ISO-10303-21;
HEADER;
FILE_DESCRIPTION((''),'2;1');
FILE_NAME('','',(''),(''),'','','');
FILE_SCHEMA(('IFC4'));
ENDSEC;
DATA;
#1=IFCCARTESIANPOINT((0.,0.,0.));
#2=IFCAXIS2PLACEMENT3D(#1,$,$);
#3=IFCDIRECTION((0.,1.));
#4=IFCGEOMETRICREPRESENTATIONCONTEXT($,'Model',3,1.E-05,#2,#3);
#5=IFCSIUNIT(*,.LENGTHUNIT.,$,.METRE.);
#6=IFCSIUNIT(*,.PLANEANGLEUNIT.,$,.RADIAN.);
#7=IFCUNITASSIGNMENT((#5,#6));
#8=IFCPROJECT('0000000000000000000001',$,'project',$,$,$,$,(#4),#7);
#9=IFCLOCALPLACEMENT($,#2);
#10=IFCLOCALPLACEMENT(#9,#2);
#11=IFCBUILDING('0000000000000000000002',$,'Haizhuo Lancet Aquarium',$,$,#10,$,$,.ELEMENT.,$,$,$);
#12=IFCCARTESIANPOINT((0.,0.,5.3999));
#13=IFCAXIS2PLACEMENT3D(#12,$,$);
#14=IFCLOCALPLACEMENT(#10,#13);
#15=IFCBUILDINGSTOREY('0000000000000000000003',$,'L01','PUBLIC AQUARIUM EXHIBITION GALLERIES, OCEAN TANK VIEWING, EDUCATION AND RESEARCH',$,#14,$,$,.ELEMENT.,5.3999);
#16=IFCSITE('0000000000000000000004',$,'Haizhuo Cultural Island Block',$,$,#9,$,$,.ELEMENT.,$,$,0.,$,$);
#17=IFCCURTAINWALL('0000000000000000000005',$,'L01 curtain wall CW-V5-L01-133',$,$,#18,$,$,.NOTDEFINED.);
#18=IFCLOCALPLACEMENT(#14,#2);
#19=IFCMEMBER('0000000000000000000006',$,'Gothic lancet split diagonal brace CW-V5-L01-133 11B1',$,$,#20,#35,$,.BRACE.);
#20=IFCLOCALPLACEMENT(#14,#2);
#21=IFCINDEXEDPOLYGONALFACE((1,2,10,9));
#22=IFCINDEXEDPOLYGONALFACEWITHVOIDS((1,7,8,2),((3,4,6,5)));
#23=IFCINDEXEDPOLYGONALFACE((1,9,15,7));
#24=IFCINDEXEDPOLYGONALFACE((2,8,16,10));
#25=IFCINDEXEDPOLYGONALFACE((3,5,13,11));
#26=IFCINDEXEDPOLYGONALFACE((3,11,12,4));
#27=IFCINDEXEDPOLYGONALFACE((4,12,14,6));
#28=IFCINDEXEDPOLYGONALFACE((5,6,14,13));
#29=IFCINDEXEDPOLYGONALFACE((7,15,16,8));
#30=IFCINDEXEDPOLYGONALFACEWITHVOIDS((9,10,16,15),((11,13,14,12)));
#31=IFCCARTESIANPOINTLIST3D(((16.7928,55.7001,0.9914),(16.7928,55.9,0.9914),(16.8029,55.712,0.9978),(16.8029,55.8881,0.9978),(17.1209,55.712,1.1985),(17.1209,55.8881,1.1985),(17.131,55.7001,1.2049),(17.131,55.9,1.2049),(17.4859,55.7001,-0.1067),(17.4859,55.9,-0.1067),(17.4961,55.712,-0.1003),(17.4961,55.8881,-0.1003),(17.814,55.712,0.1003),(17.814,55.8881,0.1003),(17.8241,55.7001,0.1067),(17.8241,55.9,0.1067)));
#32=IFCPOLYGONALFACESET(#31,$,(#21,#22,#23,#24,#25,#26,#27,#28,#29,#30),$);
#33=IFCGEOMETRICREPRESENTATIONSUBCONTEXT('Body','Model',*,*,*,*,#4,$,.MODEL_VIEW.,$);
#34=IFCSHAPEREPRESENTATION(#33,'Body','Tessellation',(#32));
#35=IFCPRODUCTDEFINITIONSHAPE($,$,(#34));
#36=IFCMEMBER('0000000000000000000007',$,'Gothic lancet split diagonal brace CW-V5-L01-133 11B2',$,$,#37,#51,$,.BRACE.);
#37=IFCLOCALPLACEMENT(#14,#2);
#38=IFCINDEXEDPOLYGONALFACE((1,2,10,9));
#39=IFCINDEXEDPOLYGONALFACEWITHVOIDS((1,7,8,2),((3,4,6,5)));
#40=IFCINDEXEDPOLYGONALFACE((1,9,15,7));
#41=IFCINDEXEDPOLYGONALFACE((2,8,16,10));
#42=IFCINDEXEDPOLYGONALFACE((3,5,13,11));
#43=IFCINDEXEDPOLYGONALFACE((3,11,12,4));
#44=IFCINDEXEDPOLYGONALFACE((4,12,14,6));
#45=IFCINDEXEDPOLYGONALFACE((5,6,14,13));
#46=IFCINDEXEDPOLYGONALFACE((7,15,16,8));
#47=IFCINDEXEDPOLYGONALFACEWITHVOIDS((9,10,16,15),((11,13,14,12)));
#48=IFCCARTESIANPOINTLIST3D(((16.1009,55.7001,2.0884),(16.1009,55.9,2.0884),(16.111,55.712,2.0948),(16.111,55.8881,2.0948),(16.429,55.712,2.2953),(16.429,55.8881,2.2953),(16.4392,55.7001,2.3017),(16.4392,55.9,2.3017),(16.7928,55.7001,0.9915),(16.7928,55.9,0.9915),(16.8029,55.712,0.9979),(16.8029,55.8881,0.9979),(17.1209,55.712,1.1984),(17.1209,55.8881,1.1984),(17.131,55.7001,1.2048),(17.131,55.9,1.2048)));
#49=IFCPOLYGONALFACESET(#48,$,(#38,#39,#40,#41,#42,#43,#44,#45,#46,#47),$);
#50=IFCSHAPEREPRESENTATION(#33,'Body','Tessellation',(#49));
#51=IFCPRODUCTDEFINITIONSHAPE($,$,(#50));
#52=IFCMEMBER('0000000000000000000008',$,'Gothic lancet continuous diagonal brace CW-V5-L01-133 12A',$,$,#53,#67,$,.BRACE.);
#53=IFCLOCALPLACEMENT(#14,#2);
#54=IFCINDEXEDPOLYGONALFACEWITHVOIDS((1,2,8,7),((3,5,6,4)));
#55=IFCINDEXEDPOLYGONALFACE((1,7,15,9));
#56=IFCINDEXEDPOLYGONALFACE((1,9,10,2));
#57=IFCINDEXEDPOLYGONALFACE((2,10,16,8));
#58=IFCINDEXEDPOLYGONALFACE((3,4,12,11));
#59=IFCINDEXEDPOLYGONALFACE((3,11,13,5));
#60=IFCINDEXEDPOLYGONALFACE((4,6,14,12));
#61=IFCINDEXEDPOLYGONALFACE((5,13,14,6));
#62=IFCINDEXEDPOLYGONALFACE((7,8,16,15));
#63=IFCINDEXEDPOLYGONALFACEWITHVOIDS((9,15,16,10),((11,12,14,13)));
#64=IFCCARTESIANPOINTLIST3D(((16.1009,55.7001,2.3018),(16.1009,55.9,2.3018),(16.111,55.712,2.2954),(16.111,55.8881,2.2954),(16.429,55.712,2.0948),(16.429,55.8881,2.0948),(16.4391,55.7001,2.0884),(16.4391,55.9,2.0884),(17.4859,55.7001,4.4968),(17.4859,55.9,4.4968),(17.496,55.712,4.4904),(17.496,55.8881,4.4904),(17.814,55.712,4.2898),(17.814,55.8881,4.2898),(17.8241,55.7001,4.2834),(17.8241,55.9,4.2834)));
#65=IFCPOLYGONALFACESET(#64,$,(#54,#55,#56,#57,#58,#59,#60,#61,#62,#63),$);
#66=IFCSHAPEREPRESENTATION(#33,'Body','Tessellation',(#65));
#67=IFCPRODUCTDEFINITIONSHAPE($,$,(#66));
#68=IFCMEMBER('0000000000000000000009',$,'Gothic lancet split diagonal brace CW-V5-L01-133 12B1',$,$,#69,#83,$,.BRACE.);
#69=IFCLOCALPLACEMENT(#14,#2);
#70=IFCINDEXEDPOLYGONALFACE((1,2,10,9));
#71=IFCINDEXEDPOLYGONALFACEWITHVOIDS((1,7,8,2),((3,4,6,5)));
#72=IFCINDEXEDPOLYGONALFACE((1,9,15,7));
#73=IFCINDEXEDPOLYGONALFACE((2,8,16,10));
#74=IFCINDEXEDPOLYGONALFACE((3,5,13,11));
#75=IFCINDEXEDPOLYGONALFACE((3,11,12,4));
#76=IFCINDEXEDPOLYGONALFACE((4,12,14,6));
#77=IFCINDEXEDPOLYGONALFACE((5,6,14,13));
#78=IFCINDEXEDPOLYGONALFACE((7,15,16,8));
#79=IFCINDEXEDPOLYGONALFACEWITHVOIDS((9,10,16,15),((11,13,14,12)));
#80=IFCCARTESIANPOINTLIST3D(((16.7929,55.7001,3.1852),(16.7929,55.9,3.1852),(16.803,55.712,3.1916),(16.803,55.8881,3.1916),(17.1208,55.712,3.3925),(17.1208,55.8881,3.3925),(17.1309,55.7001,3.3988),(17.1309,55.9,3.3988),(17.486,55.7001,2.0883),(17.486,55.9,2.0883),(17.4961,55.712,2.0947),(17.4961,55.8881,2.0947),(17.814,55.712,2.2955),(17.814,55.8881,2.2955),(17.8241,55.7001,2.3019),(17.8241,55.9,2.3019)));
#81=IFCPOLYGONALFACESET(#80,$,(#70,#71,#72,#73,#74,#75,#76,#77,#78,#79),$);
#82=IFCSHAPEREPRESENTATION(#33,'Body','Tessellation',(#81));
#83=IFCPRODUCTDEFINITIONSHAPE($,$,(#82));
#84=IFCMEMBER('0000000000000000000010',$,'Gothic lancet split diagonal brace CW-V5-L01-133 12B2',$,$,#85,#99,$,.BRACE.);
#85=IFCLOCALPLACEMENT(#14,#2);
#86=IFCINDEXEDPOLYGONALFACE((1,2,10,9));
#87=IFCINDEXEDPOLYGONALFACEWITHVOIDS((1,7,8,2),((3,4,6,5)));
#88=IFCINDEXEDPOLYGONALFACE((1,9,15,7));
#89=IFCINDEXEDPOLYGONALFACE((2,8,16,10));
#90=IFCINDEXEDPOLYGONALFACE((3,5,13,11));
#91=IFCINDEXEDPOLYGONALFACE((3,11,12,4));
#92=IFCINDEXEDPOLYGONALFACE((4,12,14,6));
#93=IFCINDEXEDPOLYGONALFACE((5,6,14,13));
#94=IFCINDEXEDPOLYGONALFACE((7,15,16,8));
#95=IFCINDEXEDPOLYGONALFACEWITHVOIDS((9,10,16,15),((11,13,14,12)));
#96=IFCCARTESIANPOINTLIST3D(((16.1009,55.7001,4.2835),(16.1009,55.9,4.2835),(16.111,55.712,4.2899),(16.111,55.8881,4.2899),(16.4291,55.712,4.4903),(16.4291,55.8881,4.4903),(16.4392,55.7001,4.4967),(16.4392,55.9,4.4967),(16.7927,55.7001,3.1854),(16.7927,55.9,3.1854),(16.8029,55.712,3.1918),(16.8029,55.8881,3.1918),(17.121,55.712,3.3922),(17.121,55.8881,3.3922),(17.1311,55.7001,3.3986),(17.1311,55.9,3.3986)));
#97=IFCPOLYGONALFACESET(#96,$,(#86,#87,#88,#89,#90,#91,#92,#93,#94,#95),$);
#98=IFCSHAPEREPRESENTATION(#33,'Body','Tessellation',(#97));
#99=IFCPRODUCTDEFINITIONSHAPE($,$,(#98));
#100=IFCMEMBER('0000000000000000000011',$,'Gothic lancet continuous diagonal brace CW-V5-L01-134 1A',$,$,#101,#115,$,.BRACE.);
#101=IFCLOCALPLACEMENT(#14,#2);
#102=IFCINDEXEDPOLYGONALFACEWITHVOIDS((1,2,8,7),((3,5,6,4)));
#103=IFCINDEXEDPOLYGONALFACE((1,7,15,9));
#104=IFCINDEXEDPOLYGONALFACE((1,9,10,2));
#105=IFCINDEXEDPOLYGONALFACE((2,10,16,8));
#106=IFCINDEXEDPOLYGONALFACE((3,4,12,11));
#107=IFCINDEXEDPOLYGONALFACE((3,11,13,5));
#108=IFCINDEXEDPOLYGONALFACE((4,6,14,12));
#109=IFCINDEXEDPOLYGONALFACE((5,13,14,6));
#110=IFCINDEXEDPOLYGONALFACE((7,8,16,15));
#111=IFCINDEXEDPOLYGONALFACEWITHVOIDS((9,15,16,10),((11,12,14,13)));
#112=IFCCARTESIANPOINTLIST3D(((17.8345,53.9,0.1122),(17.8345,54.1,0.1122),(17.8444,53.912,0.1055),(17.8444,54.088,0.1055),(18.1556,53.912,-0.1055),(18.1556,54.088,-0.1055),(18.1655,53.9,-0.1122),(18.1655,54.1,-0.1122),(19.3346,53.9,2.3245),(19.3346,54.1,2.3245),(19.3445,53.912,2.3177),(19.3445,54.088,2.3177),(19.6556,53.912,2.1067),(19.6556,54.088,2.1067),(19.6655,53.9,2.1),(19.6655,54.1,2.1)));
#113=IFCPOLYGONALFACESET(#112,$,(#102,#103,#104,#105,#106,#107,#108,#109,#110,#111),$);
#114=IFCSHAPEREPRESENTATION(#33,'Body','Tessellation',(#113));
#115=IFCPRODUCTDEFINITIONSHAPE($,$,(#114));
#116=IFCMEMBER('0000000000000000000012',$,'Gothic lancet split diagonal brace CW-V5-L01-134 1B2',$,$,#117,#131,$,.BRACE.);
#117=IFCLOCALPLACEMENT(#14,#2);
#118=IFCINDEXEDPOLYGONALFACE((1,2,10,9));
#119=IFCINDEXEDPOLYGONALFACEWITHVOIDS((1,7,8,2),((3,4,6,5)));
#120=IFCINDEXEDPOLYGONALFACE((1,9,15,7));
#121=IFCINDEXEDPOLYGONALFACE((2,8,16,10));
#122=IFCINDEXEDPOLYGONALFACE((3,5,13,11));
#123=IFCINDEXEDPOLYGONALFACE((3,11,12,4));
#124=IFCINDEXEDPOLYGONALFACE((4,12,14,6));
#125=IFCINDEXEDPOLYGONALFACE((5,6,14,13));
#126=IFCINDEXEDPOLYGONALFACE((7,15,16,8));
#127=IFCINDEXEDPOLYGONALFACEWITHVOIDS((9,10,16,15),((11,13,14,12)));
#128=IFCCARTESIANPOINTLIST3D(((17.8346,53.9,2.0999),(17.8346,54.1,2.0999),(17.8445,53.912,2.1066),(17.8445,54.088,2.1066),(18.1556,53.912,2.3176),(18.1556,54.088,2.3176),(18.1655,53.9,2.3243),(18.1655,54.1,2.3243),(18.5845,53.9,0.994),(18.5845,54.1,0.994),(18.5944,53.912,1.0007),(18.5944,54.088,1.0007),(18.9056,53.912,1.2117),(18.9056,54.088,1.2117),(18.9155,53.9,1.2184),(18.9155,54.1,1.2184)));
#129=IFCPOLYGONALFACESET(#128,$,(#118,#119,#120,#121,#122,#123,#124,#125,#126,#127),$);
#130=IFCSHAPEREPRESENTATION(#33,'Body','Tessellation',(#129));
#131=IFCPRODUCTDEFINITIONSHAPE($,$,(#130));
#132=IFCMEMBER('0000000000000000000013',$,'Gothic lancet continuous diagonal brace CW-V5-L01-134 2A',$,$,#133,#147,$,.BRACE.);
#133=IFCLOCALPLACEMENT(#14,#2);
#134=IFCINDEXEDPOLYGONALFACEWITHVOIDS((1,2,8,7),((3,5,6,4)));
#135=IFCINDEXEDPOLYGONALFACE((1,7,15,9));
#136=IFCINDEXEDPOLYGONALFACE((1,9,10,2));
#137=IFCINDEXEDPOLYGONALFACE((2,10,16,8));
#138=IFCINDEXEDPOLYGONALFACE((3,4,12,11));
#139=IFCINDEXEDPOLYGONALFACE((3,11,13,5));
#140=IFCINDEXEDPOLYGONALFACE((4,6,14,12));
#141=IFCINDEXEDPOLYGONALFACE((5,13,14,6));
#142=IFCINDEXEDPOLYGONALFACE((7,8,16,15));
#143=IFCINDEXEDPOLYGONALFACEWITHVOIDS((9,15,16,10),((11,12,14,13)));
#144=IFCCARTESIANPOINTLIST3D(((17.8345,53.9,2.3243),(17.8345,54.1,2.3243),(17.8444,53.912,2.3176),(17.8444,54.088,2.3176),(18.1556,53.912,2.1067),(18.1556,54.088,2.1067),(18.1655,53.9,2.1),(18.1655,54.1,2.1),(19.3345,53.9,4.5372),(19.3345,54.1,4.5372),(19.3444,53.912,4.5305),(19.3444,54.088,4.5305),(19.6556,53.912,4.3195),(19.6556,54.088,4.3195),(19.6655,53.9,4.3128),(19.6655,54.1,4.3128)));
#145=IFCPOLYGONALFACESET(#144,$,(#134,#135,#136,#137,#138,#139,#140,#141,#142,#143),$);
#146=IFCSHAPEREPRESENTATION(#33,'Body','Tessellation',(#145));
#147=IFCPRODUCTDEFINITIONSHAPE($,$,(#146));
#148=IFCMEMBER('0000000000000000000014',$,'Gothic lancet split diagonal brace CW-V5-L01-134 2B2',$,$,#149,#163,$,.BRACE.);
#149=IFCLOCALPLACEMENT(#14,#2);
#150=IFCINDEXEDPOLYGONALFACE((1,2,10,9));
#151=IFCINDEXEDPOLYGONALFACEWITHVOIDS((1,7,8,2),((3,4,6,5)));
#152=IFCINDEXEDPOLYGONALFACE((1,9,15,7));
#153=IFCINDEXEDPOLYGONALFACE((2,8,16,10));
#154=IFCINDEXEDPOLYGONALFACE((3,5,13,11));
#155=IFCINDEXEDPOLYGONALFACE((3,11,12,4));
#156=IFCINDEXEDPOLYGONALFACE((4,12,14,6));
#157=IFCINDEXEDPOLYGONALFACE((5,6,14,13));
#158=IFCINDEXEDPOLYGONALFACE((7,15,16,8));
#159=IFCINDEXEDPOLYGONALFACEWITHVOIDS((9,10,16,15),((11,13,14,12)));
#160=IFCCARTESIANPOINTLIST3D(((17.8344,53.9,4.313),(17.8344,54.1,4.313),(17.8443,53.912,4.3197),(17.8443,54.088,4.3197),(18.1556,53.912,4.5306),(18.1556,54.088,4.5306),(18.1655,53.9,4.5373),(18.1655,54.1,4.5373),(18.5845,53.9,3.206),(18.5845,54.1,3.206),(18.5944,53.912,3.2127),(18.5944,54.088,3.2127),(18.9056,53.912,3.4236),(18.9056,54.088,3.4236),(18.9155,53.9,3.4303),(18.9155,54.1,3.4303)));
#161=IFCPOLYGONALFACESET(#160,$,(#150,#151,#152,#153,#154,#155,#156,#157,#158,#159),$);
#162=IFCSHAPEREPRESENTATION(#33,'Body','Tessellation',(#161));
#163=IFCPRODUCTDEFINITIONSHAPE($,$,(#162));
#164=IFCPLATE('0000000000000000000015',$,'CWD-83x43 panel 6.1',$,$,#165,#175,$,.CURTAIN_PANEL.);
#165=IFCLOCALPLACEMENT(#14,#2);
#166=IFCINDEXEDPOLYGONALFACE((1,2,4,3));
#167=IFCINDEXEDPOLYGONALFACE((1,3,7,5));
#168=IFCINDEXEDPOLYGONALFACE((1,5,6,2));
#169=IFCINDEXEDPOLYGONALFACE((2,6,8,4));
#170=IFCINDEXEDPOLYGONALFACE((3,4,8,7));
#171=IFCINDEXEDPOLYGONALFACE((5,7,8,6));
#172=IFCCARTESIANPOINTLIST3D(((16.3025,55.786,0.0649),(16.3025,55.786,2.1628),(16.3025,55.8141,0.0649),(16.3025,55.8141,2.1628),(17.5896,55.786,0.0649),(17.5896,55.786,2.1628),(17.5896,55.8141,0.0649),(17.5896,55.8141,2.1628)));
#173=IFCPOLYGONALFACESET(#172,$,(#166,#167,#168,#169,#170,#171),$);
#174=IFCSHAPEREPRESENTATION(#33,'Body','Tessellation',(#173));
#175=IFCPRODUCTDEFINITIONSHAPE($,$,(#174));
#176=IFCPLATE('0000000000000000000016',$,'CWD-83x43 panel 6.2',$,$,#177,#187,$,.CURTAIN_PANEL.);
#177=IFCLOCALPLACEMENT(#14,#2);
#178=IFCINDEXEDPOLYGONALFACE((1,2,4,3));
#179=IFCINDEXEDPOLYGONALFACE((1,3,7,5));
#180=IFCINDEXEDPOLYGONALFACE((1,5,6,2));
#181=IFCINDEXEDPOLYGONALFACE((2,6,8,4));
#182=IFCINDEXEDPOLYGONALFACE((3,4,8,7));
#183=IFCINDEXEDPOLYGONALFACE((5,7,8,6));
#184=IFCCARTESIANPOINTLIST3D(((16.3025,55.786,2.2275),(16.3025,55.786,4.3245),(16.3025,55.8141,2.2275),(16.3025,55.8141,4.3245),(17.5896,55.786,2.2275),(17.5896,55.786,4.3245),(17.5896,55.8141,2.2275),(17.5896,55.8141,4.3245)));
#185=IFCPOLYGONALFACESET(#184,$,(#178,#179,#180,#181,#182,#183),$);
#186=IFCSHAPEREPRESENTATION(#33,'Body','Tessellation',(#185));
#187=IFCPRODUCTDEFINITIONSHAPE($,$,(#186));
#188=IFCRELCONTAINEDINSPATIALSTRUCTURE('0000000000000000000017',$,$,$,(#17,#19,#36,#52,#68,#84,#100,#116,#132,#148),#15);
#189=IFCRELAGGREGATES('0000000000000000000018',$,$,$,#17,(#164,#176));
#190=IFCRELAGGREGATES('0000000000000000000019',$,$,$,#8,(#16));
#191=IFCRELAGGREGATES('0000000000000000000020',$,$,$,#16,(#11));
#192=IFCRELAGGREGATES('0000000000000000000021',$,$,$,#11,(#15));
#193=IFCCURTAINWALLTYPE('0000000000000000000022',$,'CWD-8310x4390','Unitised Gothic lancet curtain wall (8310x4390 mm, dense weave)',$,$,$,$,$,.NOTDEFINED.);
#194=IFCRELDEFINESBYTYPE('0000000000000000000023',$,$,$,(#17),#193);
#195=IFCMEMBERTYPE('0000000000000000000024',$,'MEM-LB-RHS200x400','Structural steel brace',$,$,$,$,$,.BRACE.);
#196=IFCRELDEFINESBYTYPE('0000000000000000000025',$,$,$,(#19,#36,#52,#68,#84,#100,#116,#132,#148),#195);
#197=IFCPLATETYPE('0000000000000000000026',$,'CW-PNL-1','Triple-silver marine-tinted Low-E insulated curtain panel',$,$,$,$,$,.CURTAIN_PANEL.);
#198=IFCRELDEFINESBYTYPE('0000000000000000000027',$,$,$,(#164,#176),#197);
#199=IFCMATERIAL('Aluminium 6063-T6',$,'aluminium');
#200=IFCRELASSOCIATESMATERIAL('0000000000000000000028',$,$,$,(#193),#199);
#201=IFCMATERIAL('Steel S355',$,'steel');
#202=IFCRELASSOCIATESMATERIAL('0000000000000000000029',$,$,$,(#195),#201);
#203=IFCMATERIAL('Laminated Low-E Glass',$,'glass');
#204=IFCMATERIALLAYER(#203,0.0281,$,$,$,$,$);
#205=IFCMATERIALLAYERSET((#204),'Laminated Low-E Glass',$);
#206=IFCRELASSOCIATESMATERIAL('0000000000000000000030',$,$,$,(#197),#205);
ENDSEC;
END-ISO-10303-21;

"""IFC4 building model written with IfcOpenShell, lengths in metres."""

from ifc_helpers import new_model, si_unit, direction, frame, origin, origin_2d, place, context, subcontext, project, spatial, rectangle, hollow_rectangle, extrude, material, layer, layer_set, material_profile, profile_set, type_object, element, aggregate, save


model = new_model("IFC4")

# Units and contexts
model_context = context("Model", 3, precision=1e-05, world=origin(), true_north=direction((0.0, 1.0)))
body_context = subcontext(model_context, "Body", "Model", "MODEL_VIEW")
ifc_project = project(units=[si_unit("LENGTHUNIT", "METRE"), si_unit("PLANEANGLEUNIT", "RADIAN")], contexts=[model_context])

# Site, building, storey
site_placement = place(None, origin())
site = spatial("IfcSite", under=ifc_project, at=site_placement, Name="Haizhuo Cultural Island Block", CompositionType="ELEMENT", RefElevation=0.0)
building_placement = place(site_placement, origin())
building = spatial("IfcBuilding", under=site, at=building_placement, Name="Haizhuo Lancet Aquarium", CompositionType="ELEMENT")
storey_placement = place(building_placement, frame((0.0, 0.0, 5.3999)))
storey = spatial("IfcBuildingStorey", under=building, at=storey_placement, Name="L01", Description="PUBLIC AQUARIUM EXHIBITION GALLERIES, OCEAN TANK VIEWING, EDUCATION AND RESEARCH", CompositionType="ELEMENT", Elevation=5.3999)

# Curtain wall
ifc_material_1 = material(Name="Aluminium 6063-T6", Category="aluminium")
curtain_wall_type_1 = type_object("IfcCurtainWallType", Name="CWD-8310x4390", Description="Unitised Gothic lancet curtain wall (8310x4390 mm, dense weave)", PredefinedType="NOTDEFINED", material=ifc_material_1)
curtain_wall_1_placement = place(storey_placement, origin())
curtain_wall_1 = element("IfcCurtainWall", 1, at=curtain_wall_1_placement, inside=storey, type_object=curtain_wall_type_1, Name="L01 curtain wall CW-V5-L01-133", PredefinedType="NOTDEFINED")

# Members
ifc_material_2 = material(Name="Steel S355", Category="steel")
ifc_material_profile_1 = material_profile(ifc_material_2, hollow_rectangle(XDim=0.2, YDim=0.3999, WallThickness=0.012, at=origin_2d()), Name="RHS 200x400x12")
ifc_profile_set_1 = profile_set([ifc_material_profile_1], Name="Steel S355")
member_type_1 = type_object("IfcMemberType", Name="MEM-LB-RHS200x400", Description="Structural steel brace", PredefinedType="BRACE", material=ifc_profile_set_1)
member_1_placement = place(storey_placement, frame((17.655, 55.8, 0.0), z_axis=(-0.533745, 0.0, 0.845645), x_axis=(0.0, -1.0, 0.0)))
element("IfcMember", 2, at=member_1_placement, inside=storey, type_object=member_type_1, Name="Gothic lancet split diagonal brace CW-V5-L01-133 11B1", PredefinedType="BRACE", context=body_context, shape_type="SweptSolid", body=[
    extrude(hollow_rectangle(XDim=0.2, YDim=0.3999, WallThickness=0.012, at=origin_2d()), origin(), (0.0, 0.0, 1.0), 1.2986),
])
member_2_placement = place(storey_placement, frame((16.9619, 55.8, 1.0981), z_axis=(-0.533497, 0.0, 0.845802), x_axis=(0.0, -1.0, 0.0)))
element("IfcMember", 3, at=member_2_placement, inside=storey, type_object=member_type_1, Name="Gothic lancet split diagonal brace CW-V5-L01-133 11B2", PredefinedType="BRACE", context=body_context, shape_type="SweptSolid", body=[
    extrude(hollow_rectangle(XDim=0.2, YDim=0.3999, WallThickness=0.012, at=origin_2d()), origin(), (0.0, 0.0, 1.0), 1.2969),
])
member_3_placement = place(storey_placement, frame((16.27, 55.8, 2.1951), z_axis=(0.533621, 0.0, 0.845724), x_axis=(0.0, 1.0, 0.0)))
element("IfcMember", 4, at=member_3_placement, inside=storey, type_object=member_type_1, Name="Gothic lancet continuous diagonal brace CW-V5-L01-133 12A", PredefinedType="BRACE", context=body_context, shape_type="SweptSolid", body=[
    extrude(hollow_rectangle(XDim=0.2, YDim=0.3999, WallThickness=0.012, at=origin_2d()), origin(), (0.0, 0.0, 1.0), 2.5955),
])
member_4_placement = place(storey_placement, frame((17.655, 55.8, 2.1951), z_axis=(-0.53417, 0.0, 0.845377), x_axis=(0.0, -1.0, 0.0)))
element("IfcMember", 5, at=member_4_placement, inside=storey, type_object=member_type_1, Name="Gothic lancet split diagonal brace CW-V5-L01-133 12B1", PredefinedType="BRACE", context=body_context, shape_type="SweptSolid", body=[
    extrude(hollow_rectangle(XDim=0.2, YDim=0.3999, WallThickness=0.012, at=origin_2d()), origin(), (0.0, 0.0, 1.0), 1.2976),
])
member_5_placement = place(storey_placement, frame((16.9619, 55.8, 3.292), z_axis=(-0.533073, 0.0, 0.846069), x_axis=(0.0, -1.0, 0.0)))
element("IfcMember", 6, at=member_5_placement, inside=storey, type_object=member_type_1, Name="Gothic lancet split diagonal brace CW-V5-L01-133 12B2", PredefinedType="BRACE", context=body_context, shape_type="SweptSolid", body=[
    extrude(hollow_rectangle(XDim=0.2, YDim=0.3999, WallThickness=0.012, at=origin_2d()), origin(), (0.0, 0.0, 1.0), 1.2979),
])
member_6_placement = place(storey_placement, frame((18.0, 54.0, 0.0), z_axis=(0.561218, 0.0, 0.827668), x_axis=(0.0, 1.0, 0.0)))
element("IfcMember", 7, at=member_6_placement, inside=storey, type_object=member_type_1, Name="Gothic lancet continuous diagonal brace CW-V5-L01-134 1A", PredefinedType="BRACE", context=body_context, shape_type="SweptSolid", body=[
    extrude(hollow_rectangle(XDim=0.2, YDim=0.3999, WallThickness=0.012, at=origin_2d()), origin(), (0.0, 0.0, 1.0), 2.6729),
])
member_7_placement = place(storey_placement, frame((18.75, 54.0, 1.1062), z_axis=(-0.56126, 0.0, 0.827639), x_axis=(0.0, -1.0, 0.0)))
element("IfcMember", 8, at=member_7_placement, inside=storey, type_object=member_type_1, Name="Gothic lancet split diagonal brace CW-V5-L01-134 1B2", PredefinedType="BRACE", context=body_context, shape_type="SweptSolid", body=[
    extrude(hollow_rectangle(XDim=0.2, YDim=0.3999, WallThickness=0.012, at=origin_2d()), origin(), (0.0, 0.0, 1.0), 1.3362),
])
member_8_placement = place(storey_placement, frame((18.0, 54.0, 2.2122), z_axis=(0.56109, 0.0, 0.827755), x_axis=(0.0, 1.0, 0.0)))
element("IfcMember", 9, at=member_8_placement, inside=storey, type_object=member_type_1, Name="Gothic lancet continuous diagonal brace CW-V5-L01-134 2A", PredefinedType="BRACE", context=body_context, shape_type="SweptSolid", body=[
    extrude(hollow_rectangle(XDim=0.2, YDim=0.3999, WallThickness=0.012, at=origin_2d()), origin(), (0.0, 0.0, 1.0), 2.6733),
])
member_9_placement = place(storey_placement, frame((18.75, 54.0, 3.3181), z_axis=(-0.560921, 0.0, 0.827869), x_axis=(0.0, -1.0, 0.0)))
element("IfcMember", 10, at=member_9_placement, inside=storey, type_object=member_type_1, Name="Gothic lancet split diagonal brace CW-V5-L01-134 2B2", PredefinedType="BRACE", context=body_context, shape_type="SweptSolid", body=[
    extrude(hollow_rectangle(XDim=0.2, YDim=0.3999, WallThickness=0.012, at=origin_2d()), origin(), (0.0, 0.0, 1.0), 1.3372),
])

# Plates
ifc_material_3 = material(Name="Laminated Low-E Glass", Category="glass")
ifc_layer_1 = layer(ifc_material_3, 0.0281)
ifc_layer_set_1 = layer_set([ifc_layer_1], Name="Laminated Low-E Glass")
plate_type = type_object("IfcPlateType", Name="CW-PNL-1", Description="Triple-silver marine-tinted Low-E insulated curtain panel", PredefinedType="CURTAIN_PANEL", material=ifc_layer_set_1)
plate_1_placement = place(storey_placement, frame((16.946, 55.8, 0.0649), z_axis=(0.0, 0.0, 1.0), x_axis=(1.0, 0.0, 0.0)))
plate_1 = element("IfcPlate", 11, at=plate_1_placement, type_object=plate_type, Name="CWD-83x43 panel 6.1", PredefinedType="CURTAIN_PANEL", context=body_context, shape_type="SweptSolid", body=[
    extrude(rectangle(XDim=1.2871, YDim=0.0281, at=origin_2d()), origin(), (0.0, 0.0, 1.0), 2.0979),
])
plate_2_placement = place(storey_placement, frame((16.946, 55.8, 2.2275), z_axis=(0.0, 0.0, 1.0), x_axis=(1.0, 0.0, 0.0)))
plate_2 = element("IfcPlate", 12, at=plate_2_placement, type_object=plate_type, Name="CWD-83x43 panel 6.2", PredefinedType="CURTAIN_PANEL", context=body_context, shape_type="SweptSolid", body=[
    extrude(rectangle(XDim=1.2871, YDim=0.0281, at=origin_2d()), origin(), (0.0, 0.0, 1.0), 2.0969),
])
aggregate(curtain_wall_1, [plate_1, plate_2])

save(model, "model.ifc")
